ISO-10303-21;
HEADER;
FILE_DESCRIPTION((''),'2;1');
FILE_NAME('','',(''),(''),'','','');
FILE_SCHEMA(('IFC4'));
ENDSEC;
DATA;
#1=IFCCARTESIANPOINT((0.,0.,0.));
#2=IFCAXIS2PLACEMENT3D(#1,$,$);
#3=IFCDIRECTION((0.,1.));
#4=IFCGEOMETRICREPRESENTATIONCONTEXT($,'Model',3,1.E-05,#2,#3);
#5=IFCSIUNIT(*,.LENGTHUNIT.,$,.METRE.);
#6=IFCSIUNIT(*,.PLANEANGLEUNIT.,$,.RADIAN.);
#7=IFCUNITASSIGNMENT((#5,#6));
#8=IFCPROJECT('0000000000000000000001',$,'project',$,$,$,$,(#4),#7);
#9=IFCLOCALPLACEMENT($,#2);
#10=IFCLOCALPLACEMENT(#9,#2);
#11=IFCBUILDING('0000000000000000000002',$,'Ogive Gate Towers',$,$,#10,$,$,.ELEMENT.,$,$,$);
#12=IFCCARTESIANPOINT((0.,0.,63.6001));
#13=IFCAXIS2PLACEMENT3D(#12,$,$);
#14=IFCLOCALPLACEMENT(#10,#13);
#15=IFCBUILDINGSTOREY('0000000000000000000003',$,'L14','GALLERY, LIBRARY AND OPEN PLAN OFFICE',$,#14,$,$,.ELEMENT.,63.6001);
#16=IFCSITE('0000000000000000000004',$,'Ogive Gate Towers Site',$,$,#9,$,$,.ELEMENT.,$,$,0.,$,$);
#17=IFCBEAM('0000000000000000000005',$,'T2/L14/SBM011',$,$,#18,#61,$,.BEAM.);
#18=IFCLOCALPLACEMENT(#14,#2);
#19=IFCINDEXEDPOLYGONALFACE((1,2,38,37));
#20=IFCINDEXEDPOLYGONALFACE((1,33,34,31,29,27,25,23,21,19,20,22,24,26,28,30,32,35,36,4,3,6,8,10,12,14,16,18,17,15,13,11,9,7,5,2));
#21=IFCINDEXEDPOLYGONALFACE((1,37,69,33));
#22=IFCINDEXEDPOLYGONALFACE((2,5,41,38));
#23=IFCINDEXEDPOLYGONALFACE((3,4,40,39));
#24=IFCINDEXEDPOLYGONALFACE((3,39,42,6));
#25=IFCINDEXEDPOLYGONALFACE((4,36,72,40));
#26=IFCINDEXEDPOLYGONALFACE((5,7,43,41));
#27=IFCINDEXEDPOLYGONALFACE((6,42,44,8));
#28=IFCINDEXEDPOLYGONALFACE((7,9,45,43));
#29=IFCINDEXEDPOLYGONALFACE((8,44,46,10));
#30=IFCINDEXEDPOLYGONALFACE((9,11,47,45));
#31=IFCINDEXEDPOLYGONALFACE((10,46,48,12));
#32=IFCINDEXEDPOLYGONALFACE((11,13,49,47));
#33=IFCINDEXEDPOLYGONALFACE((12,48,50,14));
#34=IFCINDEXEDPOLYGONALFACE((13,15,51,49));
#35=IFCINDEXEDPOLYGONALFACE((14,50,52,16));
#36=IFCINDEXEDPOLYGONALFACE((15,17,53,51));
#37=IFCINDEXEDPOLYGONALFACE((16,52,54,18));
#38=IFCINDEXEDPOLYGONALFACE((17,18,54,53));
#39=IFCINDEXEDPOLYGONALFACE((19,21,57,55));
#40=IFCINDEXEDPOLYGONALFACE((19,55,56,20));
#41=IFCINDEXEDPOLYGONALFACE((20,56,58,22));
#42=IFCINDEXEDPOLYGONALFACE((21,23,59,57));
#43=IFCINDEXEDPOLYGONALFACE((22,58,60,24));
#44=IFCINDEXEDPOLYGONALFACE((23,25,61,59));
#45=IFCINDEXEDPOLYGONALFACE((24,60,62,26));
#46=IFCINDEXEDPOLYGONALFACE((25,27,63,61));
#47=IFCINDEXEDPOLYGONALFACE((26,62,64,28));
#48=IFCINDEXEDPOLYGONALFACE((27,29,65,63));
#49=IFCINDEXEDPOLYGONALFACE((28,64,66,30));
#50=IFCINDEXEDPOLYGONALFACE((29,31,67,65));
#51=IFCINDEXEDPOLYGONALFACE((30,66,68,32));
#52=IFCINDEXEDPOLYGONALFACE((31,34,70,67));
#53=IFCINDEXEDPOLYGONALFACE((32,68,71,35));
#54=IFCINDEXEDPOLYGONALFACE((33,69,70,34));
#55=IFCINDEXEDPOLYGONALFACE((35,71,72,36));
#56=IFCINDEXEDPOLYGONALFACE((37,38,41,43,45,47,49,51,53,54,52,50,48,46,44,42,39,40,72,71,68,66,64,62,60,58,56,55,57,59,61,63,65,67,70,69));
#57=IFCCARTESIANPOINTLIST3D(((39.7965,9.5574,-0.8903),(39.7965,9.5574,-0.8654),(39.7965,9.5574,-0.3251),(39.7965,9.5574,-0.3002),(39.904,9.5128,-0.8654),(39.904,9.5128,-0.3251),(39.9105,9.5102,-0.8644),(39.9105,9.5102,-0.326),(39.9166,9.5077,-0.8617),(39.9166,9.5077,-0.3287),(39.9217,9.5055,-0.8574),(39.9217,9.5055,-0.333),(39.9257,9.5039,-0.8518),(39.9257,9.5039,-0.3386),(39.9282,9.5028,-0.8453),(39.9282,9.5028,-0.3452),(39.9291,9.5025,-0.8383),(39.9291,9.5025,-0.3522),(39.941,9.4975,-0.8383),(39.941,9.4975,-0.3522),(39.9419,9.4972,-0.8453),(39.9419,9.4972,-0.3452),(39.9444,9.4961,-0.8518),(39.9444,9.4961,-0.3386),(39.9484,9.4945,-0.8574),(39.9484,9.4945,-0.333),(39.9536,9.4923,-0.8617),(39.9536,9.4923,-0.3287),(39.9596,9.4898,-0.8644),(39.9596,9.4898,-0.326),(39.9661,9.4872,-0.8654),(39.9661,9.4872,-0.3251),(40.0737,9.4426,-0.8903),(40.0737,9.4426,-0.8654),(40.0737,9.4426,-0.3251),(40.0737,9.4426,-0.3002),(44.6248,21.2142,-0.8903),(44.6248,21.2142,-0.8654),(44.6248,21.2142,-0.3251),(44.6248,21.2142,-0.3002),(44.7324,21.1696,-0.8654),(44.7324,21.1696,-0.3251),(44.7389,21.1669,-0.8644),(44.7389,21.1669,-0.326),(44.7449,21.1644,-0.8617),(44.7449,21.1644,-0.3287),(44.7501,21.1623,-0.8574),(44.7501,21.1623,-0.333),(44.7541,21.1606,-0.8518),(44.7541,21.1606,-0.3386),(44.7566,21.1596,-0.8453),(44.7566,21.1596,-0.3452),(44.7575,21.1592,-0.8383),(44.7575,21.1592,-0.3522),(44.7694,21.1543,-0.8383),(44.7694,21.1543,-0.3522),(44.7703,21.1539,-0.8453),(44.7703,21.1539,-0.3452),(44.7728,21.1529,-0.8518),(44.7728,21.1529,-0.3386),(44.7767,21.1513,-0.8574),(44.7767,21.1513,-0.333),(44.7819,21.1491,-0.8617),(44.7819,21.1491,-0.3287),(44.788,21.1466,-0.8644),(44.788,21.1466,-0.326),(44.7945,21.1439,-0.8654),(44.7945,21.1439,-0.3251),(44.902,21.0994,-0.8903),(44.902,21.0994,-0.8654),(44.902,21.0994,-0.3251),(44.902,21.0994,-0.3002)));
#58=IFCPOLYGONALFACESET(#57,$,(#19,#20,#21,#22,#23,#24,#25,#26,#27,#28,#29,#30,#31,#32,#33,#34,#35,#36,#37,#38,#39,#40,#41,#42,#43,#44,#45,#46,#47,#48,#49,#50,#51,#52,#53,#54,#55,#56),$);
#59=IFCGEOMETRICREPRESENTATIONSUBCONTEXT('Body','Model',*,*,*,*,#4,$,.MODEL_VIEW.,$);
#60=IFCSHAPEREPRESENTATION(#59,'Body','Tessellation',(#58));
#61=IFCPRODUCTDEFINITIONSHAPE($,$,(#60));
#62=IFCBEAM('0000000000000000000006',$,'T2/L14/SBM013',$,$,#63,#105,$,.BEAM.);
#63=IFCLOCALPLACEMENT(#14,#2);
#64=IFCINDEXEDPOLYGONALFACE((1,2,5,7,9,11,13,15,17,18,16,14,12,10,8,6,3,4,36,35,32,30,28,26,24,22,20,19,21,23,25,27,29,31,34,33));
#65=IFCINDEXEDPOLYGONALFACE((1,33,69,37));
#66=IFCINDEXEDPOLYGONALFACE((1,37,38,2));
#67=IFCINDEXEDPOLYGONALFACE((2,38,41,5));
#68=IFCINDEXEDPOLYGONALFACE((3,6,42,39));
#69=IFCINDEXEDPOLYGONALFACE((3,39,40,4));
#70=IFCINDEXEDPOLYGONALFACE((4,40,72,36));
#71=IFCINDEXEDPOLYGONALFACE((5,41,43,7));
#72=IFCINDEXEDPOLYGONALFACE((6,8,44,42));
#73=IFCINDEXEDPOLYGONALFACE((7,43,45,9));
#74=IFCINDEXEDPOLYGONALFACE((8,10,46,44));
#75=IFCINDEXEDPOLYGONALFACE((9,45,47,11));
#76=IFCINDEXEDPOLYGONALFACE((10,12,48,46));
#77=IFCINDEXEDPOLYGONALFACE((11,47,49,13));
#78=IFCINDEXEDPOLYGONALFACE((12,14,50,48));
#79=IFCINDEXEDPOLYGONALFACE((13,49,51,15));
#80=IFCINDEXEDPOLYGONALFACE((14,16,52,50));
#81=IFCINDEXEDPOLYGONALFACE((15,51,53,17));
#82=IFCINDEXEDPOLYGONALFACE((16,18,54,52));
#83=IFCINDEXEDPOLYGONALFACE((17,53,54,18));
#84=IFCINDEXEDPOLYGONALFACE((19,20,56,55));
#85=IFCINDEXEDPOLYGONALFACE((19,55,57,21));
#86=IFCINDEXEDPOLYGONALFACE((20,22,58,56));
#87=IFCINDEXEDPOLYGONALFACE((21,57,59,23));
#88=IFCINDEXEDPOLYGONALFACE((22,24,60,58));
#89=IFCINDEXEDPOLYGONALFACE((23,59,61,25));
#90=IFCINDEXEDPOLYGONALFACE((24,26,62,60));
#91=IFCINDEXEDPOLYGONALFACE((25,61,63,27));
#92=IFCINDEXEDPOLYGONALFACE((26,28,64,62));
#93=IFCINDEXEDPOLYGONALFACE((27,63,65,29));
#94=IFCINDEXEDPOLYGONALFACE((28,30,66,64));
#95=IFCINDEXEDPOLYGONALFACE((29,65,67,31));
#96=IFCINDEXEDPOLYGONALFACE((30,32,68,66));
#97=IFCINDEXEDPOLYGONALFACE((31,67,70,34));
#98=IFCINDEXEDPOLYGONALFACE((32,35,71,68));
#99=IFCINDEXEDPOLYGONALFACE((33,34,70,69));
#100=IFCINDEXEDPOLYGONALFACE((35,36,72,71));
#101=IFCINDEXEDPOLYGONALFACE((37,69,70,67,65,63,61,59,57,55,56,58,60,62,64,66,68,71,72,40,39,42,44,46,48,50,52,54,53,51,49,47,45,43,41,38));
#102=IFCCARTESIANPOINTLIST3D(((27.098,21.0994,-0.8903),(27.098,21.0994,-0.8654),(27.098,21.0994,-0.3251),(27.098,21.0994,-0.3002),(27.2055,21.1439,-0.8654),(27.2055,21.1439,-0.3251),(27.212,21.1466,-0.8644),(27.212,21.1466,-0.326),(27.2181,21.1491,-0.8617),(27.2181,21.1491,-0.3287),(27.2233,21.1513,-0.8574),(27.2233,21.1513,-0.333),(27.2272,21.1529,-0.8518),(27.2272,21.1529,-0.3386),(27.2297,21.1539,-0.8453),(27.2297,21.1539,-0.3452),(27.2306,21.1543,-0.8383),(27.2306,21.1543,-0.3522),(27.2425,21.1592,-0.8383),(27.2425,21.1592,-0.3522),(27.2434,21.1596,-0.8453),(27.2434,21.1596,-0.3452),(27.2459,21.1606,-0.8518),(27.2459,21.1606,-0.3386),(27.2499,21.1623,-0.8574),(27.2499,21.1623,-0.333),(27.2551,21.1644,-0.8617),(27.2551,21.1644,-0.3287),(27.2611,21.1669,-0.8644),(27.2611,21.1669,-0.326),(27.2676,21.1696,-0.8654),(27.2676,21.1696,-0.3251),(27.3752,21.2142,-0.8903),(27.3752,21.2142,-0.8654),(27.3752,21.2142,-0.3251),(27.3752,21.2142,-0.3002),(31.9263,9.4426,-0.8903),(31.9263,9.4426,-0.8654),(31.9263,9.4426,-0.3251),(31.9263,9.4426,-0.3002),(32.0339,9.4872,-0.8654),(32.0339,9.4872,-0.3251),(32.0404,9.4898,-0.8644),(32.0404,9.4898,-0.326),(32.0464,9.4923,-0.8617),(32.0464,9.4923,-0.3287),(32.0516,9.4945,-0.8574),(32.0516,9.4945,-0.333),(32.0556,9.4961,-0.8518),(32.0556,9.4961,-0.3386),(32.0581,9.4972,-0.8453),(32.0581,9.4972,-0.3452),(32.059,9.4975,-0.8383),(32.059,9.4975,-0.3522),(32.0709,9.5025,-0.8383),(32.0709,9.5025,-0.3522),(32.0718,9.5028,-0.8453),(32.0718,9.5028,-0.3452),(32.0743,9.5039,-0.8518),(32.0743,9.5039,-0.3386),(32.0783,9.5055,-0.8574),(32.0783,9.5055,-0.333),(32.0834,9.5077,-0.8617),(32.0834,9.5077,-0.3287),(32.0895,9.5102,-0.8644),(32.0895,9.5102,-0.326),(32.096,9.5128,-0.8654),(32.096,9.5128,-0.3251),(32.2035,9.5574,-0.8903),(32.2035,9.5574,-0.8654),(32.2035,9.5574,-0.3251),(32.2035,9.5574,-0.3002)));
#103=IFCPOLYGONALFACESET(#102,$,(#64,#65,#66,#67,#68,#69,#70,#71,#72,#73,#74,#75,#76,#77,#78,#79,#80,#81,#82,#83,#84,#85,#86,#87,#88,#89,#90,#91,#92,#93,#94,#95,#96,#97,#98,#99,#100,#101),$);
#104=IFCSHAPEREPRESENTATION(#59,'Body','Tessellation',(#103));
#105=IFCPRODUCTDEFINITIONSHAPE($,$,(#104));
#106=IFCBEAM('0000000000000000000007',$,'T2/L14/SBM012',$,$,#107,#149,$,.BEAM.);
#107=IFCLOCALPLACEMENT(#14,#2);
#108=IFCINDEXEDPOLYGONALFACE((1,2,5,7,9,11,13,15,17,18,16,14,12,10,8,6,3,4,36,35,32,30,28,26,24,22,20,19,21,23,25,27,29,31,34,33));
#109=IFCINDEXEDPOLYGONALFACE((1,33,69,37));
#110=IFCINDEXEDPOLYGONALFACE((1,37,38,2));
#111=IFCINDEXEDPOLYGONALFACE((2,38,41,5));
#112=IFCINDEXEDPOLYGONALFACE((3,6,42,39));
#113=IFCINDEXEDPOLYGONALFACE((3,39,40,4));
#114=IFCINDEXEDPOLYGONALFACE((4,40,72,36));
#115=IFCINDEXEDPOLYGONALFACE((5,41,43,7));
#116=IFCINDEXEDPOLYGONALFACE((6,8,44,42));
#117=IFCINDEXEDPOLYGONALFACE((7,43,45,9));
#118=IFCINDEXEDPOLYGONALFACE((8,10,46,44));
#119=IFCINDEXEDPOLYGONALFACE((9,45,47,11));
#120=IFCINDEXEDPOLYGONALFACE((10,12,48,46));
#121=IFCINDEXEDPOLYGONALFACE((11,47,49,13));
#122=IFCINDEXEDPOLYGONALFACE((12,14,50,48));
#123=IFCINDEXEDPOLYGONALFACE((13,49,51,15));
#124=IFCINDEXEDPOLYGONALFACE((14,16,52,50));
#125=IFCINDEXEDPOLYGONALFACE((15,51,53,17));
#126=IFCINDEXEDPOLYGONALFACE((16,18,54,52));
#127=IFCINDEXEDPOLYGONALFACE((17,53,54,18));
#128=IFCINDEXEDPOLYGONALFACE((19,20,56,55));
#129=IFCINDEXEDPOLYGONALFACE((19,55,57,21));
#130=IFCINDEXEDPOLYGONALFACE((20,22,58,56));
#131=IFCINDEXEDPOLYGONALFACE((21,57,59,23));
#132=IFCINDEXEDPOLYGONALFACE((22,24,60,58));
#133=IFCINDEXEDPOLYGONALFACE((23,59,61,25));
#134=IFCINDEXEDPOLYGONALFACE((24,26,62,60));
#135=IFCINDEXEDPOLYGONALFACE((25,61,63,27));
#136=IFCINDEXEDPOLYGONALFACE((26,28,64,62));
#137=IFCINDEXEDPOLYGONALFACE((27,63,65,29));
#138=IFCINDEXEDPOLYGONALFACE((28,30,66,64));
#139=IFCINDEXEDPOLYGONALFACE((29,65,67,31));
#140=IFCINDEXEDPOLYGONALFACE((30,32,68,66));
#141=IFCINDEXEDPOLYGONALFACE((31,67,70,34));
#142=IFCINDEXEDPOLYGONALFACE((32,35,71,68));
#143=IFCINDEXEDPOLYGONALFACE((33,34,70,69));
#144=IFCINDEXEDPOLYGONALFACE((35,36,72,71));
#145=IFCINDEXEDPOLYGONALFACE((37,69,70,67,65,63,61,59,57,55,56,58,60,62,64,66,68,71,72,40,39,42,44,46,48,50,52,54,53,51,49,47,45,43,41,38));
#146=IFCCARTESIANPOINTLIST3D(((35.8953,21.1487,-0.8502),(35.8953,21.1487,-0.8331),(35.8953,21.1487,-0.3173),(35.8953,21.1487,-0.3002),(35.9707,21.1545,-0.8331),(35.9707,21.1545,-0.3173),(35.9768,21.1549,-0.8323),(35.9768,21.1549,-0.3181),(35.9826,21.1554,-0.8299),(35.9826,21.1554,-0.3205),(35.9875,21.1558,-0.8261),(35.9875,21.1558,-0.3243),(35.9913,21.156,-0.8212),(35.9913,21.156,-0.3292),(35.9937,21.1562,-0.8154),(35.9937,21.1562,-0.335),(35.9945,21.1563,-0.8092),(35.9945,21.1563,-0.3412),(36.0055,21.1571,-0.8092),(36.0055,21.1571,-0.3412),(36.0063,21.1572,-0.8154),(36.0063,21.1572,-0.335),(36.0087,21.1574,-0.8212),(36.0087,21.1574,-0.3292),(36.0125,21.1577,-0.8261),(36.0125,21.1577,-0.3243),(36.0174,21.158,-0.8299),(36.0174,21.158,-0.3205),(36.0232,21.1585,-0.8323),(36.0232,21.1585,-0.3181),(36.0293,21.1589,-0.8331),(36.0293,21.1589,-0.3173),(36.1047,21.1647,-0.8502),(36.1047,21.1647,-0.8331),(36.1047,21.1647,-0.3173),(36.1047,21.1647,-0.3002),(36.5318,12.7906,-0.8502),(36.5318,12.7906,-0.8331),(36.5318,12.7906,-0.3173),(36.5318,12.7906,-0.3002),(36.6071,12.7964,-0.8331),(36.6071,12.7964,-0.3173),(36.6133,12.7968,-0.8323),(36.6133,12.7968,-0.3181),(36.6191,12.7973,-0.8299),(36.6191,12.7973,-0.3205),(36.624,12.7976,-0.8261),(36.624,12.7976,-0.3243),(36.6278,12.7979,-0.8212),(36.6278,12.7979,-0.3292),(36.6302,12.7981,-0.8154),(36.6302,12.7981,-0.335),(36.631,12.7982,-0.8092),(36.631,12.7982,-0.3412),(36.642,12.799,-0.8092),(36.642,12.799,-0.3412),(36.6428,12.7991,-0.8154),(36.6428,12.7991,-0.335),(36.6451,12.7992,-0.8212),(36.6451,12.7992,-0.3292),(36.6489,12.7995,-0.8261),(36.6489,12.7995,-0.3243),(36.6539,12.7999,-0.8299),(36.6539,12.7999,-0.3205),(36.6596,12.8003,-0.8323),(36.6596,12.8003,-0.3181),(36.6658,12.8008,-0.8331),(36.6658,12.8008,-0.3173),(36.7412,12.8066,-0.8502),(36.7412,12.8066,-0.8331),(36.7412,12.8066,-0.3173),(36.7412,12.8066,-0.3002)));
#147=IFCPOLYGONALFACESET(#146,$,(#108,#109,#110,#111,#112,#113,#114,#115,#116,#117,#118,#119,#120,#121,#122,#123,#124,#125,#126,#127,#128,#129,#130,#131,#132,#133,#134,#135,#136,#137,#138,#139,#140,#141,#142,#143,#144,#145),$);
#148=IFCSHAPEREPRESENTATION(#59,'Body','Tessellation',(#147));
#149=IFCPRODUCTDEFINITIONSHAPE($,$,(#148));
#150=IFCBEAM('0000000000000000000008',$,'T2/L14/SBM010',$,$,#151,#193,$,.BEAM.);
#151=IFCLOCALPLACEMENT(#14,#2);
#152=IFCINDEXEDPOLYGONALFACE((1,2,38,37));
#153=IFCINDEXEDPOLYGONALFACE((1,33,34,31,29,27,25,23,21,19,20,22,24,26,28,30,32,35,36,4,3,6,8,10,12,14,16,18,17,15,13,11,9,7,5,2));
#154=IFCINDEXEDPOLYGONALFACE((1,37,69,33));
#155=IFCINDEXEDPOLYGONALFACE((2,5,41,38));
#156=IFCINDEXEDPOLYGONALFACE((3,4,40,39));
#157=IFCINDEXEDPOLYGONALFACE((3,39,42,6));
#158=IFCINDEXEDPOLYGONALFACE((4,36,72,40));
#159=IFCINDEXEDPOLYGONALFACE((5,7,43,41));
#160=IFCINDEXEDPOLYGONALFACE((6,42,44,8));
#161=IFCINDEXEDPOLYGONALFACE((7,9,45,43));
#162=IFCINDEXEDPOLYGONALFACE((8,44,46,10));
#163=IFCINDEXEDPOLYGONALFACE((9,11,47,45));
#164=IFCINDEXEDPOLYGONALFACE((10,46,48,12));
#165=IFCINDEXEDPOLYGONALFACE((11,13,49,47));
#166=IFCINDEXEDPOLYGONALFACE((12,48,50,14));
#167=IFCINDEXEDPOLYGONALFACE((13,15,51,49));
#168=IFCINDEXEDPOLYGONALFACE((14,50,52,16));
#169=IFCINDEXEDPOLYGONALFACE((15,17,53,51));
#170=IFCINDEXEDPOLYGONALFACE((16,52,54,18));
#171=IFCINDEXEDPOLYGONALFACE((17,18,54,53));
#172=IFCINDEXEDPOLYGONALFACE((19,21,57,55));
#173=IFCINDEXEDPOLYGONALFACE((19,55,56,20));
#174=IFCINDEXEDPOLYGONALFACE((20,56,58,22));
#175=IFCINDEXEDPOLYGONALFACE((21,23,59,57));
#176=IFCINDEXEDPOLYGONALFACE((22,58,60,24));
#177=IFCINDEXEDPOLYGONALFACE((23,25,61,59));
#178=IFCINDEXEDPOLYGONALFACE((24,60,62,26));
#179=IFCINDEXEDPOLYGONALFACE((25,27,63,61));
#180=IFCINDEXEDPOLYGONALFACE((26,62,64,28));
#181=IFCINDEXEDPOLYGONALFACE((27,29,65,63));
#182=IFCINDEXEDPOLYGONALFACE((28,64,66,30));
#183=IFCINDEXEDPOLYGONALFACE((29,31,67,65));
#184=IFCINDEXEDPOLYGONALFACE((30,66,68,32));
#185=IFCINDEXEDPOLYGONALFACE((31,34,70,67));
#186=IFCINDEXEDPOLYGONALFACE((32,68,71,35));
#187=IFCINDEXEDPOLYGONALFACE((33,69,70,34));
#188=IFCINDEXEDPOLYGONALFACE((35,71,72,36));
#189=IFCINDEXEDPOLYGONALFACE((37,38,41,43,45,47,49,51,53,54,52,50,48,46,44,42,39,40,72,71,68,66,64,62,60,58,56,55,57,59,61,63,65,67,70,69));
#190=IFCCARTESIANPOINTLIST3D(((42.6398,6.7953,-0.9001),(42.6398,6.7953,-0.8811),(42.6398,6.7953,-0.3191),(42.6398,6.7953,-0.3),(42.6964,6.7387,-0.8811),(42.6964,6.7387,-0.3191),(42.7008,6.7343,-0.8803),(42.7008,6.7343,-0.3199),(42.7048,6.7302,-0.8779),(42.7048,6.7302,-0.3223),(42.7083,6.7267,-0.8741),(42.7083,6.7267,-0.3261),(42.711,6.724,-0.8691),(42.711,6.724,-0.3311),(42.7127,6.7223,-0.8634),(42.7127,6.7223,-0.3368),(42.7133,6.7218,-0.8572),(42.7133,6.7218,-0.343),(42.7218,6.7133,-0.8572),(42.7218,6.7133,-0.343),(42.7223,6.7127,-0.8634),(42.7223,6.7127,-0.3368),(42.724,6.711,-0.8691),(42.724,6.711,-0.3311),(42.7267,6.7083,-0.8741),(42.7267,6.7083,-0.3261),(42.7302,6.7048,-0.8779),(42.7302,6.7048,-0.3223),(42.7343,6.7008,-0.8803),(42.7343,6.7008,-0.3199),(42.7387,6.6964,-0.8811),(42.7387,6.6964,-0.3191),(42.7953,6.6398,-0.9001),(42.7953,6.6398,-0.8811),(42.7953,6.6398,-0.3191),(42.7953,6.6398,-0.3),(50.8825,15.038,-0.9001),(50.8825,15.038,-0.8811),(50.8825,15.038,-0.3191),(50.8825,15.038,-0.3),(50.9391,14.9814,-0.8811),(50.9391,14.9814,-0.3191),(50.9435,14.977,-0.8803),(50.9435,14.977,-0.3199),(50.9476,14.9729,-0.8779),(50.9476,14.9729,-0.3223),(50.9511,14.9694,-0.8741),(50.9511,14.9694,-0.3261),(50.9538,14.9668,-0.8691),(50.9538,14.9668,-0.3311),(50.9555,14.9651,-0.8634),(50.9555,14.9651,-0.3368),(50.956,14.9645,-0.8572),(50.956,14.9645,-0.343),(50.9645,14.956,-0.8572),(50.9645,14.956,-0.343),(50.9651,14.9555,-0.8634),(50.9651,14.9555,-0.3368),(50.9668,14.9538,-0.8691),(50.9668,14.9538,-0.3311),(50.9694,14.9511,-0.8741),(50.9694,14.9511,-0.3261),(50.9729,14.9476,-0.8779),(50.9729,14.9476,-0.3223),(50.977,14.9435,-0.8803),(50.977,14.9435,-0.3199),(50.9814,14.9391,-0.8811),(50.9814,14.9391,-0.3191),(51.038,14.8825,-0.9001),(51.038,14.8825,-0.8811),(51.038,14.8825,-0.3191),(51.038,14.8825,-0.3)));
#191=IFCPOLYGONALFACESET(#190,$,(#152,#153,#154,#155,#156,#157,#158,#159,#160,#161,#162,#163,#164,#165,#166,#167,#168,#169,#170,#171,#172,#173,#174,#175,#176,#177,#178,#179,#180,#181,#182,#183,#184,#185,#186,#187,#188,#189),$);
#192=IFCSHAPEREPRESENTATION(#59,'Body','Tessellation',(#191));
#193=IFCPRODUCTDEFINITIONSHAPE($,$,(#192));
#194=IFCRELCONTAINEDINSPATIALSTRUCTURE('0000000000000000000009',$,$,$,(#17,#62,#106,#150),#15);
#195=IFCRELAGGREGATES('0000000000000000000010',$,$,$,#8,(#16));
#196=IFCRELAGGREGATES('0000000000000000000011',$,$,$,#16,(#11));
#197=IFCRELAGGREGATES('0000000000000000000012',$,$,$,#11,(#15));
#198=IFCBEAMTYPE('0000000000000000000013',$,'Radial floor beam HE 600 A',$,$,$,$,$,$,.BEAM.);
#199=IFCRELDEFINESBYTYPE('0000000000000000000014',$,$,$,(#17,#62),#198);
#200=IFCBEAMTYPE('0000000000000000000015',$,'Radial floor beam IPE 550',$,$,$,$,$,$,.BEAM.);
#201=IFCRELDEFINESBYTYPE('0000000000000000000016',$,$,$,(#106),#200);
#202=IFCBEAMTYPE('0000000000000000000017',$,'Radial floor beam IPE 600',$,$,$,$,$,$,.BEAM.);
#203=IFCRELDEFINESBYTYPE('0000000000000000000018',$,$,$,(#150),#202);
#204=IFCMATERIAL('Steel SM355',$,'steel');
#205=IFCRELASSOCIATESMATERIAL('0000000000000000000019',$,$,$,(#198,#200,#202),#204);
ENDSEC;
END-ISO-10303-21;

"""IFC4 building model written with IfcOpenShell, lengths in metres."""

from ifc_helpers import new_model, si_unit, direction, frame, origin, origin_2d, place, context, subcontext, project, spatial, i_section, extrude, material, material_profile, profile_set, type_object, element, save


model = new_model("IFC4")

# Units and contexts
model_context = context("Model", 3, precision=1e-05, world=origin(), true_north=direction((0.0, 1.0)))
body_context = subcontext(model_context, "Body", "Model", "MODEL_VIEW")
ifc_project = project(units=[si_unit("LENGTHUNIT", "METRE"), si_unit("PLANEANGLEUNIT", "RADIAN")], contexts=[model_context])

# Site, building, storey
site_placement = place(None, origin())
site = spatial("IfcSite", under=ifc_project, at=site_placement, Name="Ogive Gate Towers Site", CompositionType="ELEMENT", RefElevation=0.0)
building_placement = place(site_placement, origin())
building = spatial("IfcBuilding", under=site, at=building_placement, Name="Ogive Gate Towers", CompositionType="ELEMENT")
storey_placement = place(building_placement, frame((0.0, 0.0, 63.6001)))
storey = spatial("IfcBuildingStorey", under=building, at=storey_placement, Name="L14", Description="GALLERY, LIBRARY AND OPEN PLAN OFFICE", CompositionType="ELEMENT", Elevation=63.6001)

# Beams
ifc_material_1 = material(Name="Steel SM355", Category="steel")
ifc_material_profile_1 = material_profile(ifc_material_1, i_section(OverallWidth=0.3, OverallDepth=0.5901, WebThickness=0.0129, FlangeThickness=0.0249, FilletRadius=0.0271, at=origin_2d()), Name="HE 600 A")
ifc_profile_set_1 = profile_set([ifc_material_profile_1], Name="Steel SM355")
beam_type_1 = type_object("IfcBeamType", Name="Radial floor beam HE 600 A", PredefinedType="BEAM", material=ifc_profile_set_1)
for number, where, z_axis, x_axis, name in (
    (1, (39.9351, 9.5, -0.5952), (0.382683, 0.92388, 0.0), (-0.92388, 0.382683, 0.0), "T2/L14/SBM011"),
    (2, (32.0649, 9.5, -0.5952), (-0.382683, 0.92388, 0.0), (-0.92388, -0.382683, 0.0), "T2/L14/SBM013"),
):
    element("IfcBeam", number, at=place(storey_placement, frame(where, z_axis=z_axis, x_axis=x_axis)), inside=storey, type_object=beam_type_1, Name=name, PredefinedType="BEAM", context=body_context, shape_type="SweptSolid", body=[
        extrude(i_section(OverallWidth=0.3, OverallDepth=0.5901, WebThickness=0.0129, FlangeThickness=0.0249, FilletRadius=0.0271, at=origin_2d()), origin(), (0.0, 0.0, 1.0), 12.6172),
    ])
ifc_material_profile_2 = material_profile(ifc_material_1, i_section(OverallWidth=0.21, OverallDepth=0.55, WebThickness=0.011, FlangeThickness=0.0171, FilletRadius=0.0239, at=origin_2d()), Name="IPE 550")
ifc_profile_set_2 = profile_set([ifc_material_profile_2], Name="Steel SM355")
beam_type_2 = type_object("IfcBeamType", Name="Radial floor beam IPE 550", PredefinedType="BEAM", material=ifc_profile_set_2)
beam_placement = place(storey_placement, frame((36.6365, 12.7986, -0.5752), z_axis=(-0.07593, 0.997113, 0.0), x_axis=(-0.997113, -0.07593, 0.0)))
element("IfcBeam", 3, at=beam_placement, inside=storey, type_object=beam_type_2, Name="T2/L14/SBM012", PredefinedType="BEAM", context=body_context, shape_type="SweptSolid", body=[
    extrude(i_section(OverallWidth=0.21, OverallDepth=0.55, WebThickness=0.011, FlangeThickness=0.0171, FilletRadius=0.0239, at=origin_2d()), origin(), (0.0, 0.0, 1.0), 8.3823),
])
ifc_material_profile_3 = material_profile(ifc_material_1, i_section(OverallWidth=0.22, OverallDepth=0.6001, WebThickness=0.012, FlangeThickness=0.019, FilletRadius=0.0239, at=origin_2d()), Name="IPE 600")
ifc_profile_set_3 = profile_set([ifc_material_profile_3], Name="Steel SM355")
beam_type_3 = type_object("IfcBeamType", Name="Radial floor beam IPE 600", PredefinedType="BEAM", material=ifc_profile_set_3)
for number, where, z_axis, x_axis, name in (
    (4, (42.7175, 6.7175, -0.6001), (0.707107, 0.707107, 0.0), (-0.707107, 0.707107, 0.0), "T2/L14/SBM010"),
):
    element("IfcBeam", number, at=place(storey_placement, frame(where, z_axis=z_axis, x_axis=x_axis)), inside=storey, type_object=beam_type_3, Name=name, PredefinedType="BEAM", context=body_context, shape_type="SweptSolid", body=[
        extrude(i_section(OverallWidth=0.22, OverallDepth=0.6001, WebThickness=0.012, FlangeThickness=0.019, FilletRadius=0.0239, at=origin_2d()), origin(), (0.0, 0.0, 1.0), 11.657),
    ])

save(model, "model.ifc")
